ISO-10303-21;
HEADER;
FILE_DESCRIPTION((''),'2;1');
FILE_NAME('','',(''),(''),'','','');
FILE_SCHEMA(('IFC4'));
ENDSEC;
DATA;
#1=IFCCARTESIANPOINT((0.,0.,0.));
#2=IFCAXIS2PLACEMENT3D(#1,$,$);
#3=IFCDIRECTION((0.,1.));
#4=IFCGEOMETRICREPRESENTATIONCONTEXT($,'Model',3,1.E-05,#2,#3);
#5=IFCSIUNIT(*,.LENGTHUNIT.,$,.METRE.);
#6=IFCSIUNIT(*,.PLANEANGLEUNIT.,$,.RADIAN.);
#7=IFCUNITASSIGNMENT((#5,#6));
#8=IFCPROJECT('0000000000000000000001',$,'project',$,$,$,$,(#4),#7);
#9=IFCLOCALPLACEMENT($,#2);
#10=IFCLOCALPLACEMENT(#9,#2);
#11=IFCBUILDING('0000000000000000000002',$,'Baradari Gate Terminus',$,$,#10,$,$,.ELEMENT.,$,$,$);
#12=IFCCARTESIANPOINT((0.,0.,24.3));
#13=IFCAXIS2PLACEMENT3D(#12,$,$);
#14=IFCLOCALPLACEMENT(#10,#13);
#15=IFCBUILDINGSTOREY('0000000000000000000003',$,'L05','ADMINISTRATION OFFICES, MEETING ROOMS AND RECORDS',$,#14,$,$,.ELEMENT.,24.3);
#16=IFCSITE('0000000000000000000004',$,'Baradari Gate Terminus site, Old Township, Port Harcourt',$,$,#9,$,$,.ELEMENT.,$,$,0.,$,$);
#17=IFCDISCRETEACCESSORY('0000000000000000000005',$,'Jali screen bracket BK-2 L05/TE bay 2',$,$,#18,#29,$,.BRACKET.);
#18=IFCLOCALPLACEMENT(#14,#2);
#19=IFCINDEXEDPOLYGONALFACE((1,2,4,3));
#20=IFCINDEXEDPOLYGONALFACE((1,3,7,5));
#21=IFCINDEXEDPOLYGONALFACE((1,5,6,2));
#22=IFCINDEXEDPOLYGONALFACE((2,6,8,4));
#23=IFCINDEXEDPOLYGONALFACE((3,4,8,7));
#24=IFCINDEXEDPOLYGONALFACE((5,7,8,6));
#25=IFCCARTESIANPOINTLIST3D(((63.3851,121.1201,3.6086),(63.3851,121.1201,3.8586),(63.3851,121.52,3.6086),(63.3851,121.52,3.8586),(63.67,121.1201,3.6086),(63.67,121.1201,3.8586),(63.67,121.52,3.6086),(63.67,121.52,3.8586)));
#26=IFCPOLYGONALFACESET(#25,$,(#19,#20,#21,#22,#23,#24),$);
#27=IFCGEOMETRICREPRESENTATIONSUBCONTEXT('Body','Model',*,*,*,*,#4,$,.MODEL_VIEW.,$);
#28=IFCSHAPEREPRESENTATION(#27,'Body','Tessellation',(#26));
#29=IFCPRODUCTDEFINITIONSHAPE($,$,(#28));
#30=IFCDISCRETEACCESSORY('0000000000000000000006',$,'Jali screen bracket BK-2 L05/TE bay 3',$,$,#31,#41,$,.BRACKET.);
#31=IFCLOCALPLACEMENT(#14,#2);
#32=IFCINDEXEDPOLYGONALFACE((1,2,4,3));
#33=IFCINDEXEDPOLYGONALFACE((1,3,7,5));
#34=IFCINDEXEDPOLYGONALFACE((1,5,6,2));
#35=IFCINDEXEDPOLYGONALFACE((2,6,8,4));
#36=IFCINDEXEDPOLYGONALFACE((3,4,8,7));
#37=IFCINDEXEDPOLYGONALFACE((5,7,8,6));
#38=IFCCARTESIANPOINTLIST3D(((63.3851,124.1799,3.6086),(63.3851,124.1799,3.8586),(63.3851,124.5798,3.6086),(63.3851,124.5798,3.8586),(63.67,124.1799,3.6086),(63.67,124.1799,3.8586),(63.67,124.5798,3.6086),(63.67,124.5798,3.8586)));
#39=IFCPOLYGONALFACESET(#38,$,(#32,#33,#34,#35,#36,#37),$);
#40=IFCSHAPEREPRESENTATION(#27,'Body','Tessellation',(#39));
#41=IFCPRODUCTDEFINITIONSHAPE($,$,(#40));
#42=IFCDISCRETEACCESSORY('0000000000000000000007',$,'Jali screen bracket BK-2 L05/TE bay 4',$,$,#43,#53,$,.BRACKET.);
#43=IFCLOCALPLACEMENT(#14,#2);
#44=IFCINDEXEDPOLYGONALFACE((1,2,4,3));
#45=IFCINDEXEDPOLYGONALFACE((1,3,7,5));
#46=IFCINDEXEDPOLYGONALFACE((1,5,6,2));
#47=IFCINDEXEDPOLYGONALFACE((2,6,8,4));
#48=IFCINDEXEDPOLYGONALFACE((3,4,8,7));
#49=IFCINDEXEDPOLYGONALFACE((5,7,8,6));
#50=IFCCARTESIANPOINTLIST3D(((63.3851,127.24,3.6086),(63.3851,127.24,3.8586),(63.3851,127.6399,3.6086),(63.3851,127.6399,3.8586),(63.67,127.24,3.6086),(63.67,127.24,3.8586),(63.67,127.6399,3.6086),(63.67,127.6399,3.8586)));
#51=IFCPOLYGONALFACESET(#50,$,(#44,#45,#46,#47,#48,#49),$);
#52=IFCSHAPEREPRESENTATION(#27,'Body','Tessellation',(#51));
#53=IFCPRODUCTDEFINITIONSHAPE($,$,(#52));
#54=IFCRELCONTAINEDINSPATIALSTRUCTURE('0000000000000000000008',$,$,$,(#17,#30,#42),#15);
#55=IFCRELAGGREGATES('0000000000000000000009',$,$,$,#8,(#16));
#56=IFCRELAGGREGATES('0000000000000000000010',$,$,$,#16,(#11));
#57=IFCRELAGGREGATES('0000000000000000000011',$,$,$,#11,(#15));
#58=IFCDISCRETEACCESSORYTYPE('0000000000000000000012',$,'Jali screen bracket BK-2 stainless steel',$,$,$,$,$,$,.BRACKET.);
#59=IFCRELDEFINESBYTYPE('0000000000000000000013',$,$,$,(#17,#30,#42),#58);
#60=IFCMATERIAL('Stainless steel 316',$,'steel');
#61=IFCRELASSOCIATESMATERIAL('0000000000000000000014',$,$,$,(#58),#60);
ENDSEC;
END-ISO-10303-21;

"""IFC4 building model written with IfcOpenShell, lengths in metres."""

from ifc_helpers import new_model, si_unit, direction, frame, origin, origin_2d, place, context, subcontext, project, spatial, rectangle, extrude, material, type_object, element, save


model = new_model("IFC4")

# Units and contexts
model_context = context("Model", 3, precision=1e-05, world=origin(), true_north=direction((0.0, 1.0)))
body_context = subcontext(model_context, "Body", "Model", "MODEL_VIEW")
ifc_project = project(units=[si_unit("LENGTHUNIT", "METRE"), si_unit("PLANEANGLEUNIT", "RADIAN")], contexts=[model_context])

# Site, building, storey
site_placement = place(None, origin())
site = spatial("IfcSite", under=ifc_project, at=site_placement, Name="Baradari Gate Terminus site, Old Township, Port Harcourt", CompositionType="ELEMENT", RefElevation=0.0)
building_placement = place(site_placement, origin())
building = spatial("IfcBuilding", under=site, at=building_placement, Name="Baradari Gate Terminus", CompositionType="ELEMENT")
storey_placement = place(building_placement, frame((0.0, 0.0, 24.3)))
storey = spatial("IfcBuildingStorey", under=building, at=storey_placement, Name="L05", Description="ADMINISTRATION OFFICES, MEETING ROOMS AND RECORDS", CompositionType="ELEMENT", Elevation=24.3)

# Discrete accessories
ifc_material_1 = material(Name="Stainless steel 316", Category="steel")
discrete_accessory_type_1 = type_object("IfcDiscreteAccessoryType", Name="Jali screen bracket BK-2 stainless steel", PredefinedType="BRACKET", material=ifc_material_1)
for number, where, z_axis, x_axis, name in (
    (1, (63.5276, 121.3201, 3.6086), (0.0, 0.0, 1.0), (1.0, 0.0, 0.0), "Jali screen bracket BK-2 L05/TE bay 2"),
    (2, (63.5276, 124.3799, 3.6086), (0.0, 0.0, 1.0), (1.0, 0.0, 0.0), "Jali screen bracket BK-2 L05/TE bay 3"),
    (3, (63.5276, 127.4399, 3.6086), (0.0, 0.0, 1.0), (1.0, 0.0, 0.0), "Jali screen bracket BK-2 L05/TE bay 4"),
):
    element("IfcDiscreteAccessory", number, at=place(storey_placement, frame(where, z_axis=z_axis, x_axis=x_axis)), inside=storey, type_object=discrete_accessory_type_1, Name=name, PredefinedType="BRACKET", context=body_context, shape_type="SweptSolid", body=[
        extrude(rectangle(XDim=0.2849, YDim=0.3999, at=origin_2d()), origin(), (0.0, 0.0, 1.0), 0.25),
    ])

save(model, "model.ifc")
